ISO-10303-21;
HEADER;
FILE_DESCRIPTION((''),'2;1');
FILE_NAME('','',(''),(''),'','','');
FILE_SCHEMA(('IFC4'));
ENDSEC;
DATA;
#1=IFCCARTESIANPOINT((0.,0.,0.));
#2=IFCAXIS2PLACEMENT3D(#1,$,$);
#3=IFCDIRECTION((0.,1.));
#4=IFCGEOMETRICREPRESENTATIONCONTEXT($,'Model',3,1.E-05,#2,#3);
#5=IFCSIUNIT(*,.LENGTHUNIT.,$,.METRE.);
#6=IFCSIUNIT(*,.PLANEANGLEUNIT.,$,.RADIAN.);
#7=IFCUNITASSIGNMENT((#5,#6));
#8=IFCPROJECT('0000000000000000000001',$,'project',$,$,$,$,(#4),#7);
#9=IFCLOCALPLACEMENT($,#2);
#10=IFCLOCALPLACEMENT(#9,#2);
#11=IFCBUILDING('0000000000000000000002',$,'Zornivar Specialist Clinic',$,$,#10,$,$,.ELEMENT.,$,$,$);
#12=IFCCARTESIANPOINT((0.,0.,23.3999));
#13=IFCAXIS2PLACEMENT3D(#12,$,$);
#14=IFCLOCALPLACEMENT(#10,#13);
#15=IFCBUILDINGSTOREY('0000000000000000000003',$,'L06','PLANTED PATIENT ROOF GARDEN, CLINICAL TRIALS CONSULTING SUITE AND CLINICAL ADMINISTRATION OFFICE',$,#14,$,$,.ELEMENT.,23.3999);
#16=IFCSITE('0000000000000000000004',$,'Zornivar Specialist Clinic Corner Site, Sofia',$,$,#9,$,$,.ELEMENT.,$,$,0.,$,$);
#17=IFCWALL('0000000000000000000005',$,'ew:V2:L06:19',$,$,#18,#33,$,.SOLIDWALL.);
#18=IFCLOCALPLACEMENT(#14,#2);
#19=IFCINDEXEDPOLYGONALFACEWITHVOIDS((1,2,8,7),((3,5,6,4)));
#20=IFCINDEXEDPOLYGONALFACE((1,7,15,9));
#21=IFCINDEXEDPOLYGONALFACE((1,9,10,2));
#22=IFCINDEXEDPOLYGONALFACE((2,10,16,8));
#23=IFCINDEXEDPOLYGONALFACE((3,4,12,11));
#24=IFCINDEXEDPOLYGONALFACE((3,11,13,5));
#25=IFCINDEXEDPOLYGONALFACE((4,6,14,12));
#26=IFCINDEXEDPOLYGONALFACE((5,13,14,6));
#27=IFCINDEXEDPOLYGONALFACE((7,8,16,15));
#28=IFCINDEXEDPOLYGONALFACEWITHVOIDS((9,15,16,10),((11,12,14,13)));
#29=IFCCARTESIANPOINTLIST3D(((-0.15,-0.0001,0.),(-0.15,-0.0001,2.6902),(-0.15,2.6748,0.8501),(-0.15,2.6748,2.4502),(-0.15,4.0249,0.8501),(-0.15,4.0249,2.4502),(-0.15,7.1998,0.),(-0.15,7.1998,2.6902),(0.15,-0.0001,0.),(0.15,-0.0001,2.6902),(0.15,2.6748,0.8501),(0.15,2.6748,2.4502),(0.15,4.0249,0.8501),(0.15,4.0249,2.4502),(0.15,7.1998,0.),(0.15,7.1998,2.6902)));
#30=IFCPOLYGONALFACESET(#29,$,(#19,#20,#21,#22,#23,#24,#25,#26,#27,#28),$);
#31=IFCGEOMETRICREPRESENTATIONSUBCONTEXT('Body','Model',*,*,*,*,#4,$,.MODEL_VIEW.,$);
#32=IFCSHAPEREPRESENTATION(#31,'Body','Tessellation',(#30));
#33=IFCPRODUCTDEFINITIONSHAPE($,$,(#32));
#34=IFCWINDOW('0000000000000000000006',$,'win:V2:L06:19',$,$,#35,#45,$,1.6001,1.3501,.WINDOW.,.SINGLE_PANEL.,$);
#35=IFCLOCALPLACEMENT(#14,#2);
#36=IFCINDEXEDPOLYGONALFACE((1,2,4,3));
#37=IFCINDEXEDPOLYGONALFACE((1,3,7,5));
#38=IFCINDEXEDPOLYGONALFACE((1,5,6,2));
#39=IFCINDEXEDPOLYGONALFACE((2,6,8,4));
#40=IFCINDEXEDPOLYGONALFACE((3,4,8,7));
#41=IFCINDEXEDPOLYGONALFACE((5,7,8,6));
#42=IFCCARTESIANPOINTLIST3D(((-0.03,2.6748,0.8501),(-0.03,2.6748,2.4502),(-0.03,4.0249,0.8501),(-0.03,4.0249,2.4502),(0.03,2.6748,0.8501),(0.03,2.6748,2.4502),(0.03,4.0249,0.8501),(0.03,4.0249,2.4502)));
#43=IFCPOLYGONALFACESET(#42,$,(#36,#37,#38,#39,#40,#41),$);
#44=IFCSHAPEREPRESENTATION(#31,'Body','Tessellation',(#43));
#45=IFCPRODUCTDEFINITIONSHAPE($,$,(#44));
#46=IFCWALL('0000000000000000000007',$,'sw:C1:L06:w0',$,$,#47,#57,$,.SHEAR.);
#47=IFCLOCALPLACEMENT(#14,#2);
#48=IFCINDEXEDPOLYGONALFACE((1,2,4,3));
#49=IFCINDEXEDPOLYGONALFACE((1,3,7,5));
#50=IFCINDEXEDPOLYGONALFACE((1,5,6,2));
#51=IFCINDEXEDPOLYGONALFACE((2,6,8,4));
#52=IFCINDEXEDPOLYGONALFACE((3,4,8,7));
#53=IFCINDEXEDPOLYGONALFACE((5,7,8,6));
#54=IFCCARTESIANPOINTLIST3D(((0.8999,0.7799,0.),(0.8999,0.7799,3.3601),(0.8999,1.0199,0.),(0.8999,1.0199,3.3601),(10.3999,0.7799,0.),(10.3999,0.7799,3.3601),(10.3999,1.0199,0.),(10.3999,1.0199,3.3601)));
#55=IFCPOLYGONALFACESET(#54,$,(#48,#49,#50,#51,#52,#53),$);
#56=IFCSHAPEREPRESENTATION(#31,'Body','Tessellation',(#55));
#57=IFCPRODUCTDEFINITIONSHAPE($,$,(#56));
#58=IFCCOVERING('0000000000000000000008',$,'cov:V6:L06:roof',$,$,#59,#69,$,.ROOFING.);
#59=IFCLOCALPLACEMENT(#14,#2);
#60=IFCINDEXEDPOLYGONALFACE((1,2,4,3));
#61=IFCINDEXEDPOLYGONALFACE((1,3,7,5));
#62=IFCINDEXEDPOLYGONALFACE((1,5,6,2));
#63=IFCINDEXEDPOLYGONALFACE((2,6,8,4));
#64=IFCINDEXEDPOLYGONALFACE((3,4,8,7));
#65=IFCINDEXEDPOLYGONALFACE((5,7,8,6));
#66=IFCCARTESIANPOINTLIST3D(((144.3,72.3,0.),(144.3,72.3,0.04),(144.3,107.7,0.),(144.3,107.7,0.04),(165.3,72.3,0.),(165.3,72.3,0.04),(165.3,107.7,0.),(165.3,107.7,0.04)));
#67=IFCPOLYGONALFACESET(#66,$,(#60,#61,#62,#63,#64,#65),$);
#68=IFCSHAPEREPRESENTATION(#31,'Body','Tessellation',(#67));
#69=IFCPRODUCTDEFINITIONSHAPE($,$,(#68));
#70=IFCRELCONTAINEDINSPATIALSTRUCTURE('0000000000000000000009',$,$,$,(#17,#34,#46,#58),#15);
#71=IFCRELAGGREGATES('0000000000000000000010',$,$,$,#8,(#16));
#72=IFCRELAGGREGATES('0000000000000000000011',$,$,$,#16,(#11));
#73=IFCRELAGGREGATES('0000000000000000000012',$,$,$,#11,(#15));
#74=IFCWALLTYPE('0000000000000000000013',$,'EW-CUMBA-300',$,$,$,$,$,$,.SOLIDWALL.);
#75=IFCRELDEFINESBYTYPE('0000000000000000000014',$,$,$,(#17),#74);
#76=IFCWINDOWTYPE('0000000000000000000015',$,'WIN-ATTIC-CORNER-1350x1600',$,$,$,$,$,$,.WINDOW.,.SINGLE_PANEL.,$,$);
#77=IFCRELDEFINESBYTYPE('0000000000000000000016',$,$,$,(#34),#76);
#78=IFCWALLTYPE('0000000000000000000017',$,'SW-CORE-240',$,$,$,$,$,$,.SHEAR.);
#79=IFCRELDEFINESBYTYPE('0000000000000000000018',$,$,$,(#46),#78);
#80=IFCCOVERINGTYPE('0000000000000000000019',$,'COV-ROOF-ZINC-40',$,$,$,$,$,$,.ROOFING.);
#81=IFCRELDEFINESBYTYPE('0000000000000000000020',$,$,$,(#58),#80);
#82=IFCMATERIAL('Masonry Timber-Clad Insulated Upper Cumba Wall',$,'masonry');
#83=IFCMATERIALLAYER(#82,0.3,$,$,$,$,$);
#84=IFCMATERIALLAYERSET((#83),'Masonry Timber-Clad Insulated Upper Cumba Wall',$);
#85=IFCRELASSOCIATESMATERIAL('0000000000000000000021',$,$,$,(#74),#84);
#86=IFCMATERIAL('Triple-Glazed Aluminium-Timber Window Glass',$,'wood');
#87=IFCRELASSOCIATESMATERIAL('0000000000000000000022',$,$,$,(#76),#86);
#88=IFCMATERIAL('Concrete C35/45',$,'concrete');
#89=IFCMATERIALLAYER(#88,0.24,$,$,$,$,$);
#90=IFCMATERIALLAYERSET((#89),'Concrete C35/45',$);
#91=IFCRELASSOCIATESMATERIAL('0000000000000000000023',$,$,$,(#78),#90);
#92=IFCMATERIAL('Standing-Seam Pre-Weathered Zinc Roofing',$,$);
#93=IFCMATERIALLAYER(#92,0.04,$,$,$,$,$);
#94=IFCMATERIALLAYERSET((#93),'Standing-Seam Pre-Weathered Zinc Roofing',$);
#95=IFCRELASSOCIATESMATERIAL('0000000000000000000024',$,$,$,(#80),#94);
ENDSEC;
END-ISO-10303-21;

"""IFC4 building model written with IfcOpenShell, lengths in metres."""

from ifc_helpers import new_model, si_unit, direction, frame, frame_2d, origin, place, context, subcontext, project, spatial, polyline, rectangle, outline, extrude, material, layer, layer_set, type_object, element, fill, save


model = new_model("IFC4")

# Units and contexts
model_context = context("Model", 3, precision=1e-05, world=origin(), true_north=direction((0.0, 1.0)))
body_context = subcontext(model_context, "Body", "Model", "MODEL_VIEW")
ifc_project = project(units=[si_unit("LENGTHUNIT", "METRE"), si_unit("PLANEANGLEUNIT", "RADIAN")], contexts=[model_context])

# Site, building, storey
site_placement = place(None, origin())
site = spatial("IfcSite", under=ifc_project, at=site_placement, Name="Zornivar Specialist Clinic Corner Site, Sofia", CompositionType="ELEMENT", RefElevation=0.0)
building_placement = place(site_placement, origin())
building = spatial("IfcBuilding", under=site, at=building_placement, Name="Zornivar Specialist Clinic", CompositionType="ELEMENT")
storey_placement = place(building_placement, frame((0.0, 0.0, 23.3999)))
storey = spatial("IfcBuildingStorey", under=building, at=storey_placement, Name="L06", Description="PLANTED PATIENT ROOF GARDEN, CLINICAL TRIALS CONSULTING SUITE AND CLINICAL ADMINISTRATION OFFICE", CompositionType="ELEMENT", Elevation=23.3999)

# Wall, opening, window
ifc_material_1 = material(Name="Masonry Timber-Clad Insulated Upper Cumba Wall", Category="masonry")
ifc_layer_1 = layer(ifc_material_1, 0.3)
ifc_layer_set_1 = layer_set([ifc_layer_1], Name="Masonry Timber-Clad Insulated Upper Cumba Wall")
wall_type_1 = type_object("IfcWallType", Name="EW-CUMBA-300", PredefinedType="SOLIDWALL", material=ifc_layer_set_1)
ifc_material_2 = material(Name="Triple-Glazed Aluminium-Timber Window Glass", Category="wood")
window_type_1 = type_object("IfcWindowType", Name="WIN-ATTIC-CORNER-1350x1600", PartitioningType="SINGLE_PANEL", PredefinedType="WINDOW", material=ifc_material_2)
wall_1_placement = place(storey_placement, frame((0.0, 7.2, 0.0), z_axis=(0.0, 0.0, 1.0), x_axis=(0.0, -1.0, 0.0)))
wall_1 = element("IfcWall", 1, at=wall_1_placement, inside=storey, type_object=wall_type_1, Name="ew:V2:L06:19", PredefinedType="SOLIDWALL", context=body_context, shape_type="SweptSolid", body=[
    extrude(rectangle(XDim=7.2, YDim=0.3, at=frame_2d((3.6001, 0.0))), origin(), (0.0, 0.0, 1.0), 2.6902),
])
opening_1_placement = place(wall_1_placement, frame((3.175, 0.0, 0.8501)))
opening_1 = element("IfcOpeningElement", 2, at=opening_1_placement, cuts=wall_1, PredefinedType="OPENING", context=body_context, shape_type="SweptSolid", body=[
    extrude(rectangle(XDim=1.3501, YDim=1.6001, at=frame_2d((0.675, 0.8))), frame((0.0, 0.1599, 0.0), z_axis=(0.0, -1.0, 0.0), x_axis=(1.0, 0.0, 0.0)), (0.0, 0.0, 1.0), 0.3201),
])
window_1_placement = place(opening_1_placement, origin())
window_1 = element("IfcWindow", 3, at=window_1_placement, inside=storey, type_object=window_type_1, Name="win:V2:L06:19", OverallHeight=1.6001, OverallWidth=1.3501, PartitioningType="SINGLE_PANEL", PredefinedType="WINDOW", context=body_context, shape_type="SweptSolid", body=[
    extrude(rectangle(XDim=1.3501, YDim=1.6001, at=frame_2d((0.675, 0.8))), frame((0.0, 0.03, 0.0), z_axis=(0.0, -1.0, 0.0), x_axis=(1.0, 0.0, 0.0)), (0.0, 0.0, 1.0), 0.0601),
])
fill(opening_1, window_1)

# Wall
ifc_material_3 = material(Name="Concrete C35/45", Category="concrete")
ifc_layer_2 = layer(ifc_material_3, 0.24)
ifc_layer_set_2 = layer_set([ifc_layer_2], Name="Concrete C35/45")
wall_type_2 = type_object("IfcWallType", Name="SW-CORE-240", PredefinedType="SHEAR", material=ifc_layer_set_2)
wall_2_placement = place(storey_placement, frame((0.8999, 0.8999, 0.0), z_axis=(0.0, 0.0, 1.0), x_axis=(1.0, 0.0, 0.0)))
element("IfcWall", 4, at=wall_2_placement, inside=storey, type_object=wall_type_2, Name="sw:C1:L06:w0", PredefinedType="SHEAR", context=body_context, shape_type="SweptSolid", body=[
    extrude(rectangle(XDim=9.5, YDim=0.24, at=frame_2d((4.75, 0.0))), origin(), (0.0, 0.0, 1.0), 3.3601),
])

# Covering
ifc_material_4 = material(Name="Standing-Seam Pre-Weathered Zinc Roofing")
ifc_layer_3 = layer(ifc_material_4, 0.04)
ifc_layer_set_3 = layer_set([ifc_layer_3], Name="Standing-Seam Pre-Weathered Zinc Roofing")
covering_type = type_object("IfcCoveringType", Name="COV-ROOF-ZINC-40", PredefinedType="ROOFING", material=ifc_layer_set_3)
covering_placement = place(storey_placement, origin())
element("IfcCovering", 5, at=covering_placement, inside=storey, type_object=covering_type, Name="cov:V6:L06:roof", PredefinedType="ROOFING", context=body_context, shape_type="SweptSolid", body=[
    extrude(outline(polyline([(144.3, 72.3), (165.3, 72.3), (165.3, 107.7), (144.3, 107.7), (144.3, 72.3)])), origin(), (0.0, 0.0, 1.0), 0.04),
])

save(model, "model.ifc")
